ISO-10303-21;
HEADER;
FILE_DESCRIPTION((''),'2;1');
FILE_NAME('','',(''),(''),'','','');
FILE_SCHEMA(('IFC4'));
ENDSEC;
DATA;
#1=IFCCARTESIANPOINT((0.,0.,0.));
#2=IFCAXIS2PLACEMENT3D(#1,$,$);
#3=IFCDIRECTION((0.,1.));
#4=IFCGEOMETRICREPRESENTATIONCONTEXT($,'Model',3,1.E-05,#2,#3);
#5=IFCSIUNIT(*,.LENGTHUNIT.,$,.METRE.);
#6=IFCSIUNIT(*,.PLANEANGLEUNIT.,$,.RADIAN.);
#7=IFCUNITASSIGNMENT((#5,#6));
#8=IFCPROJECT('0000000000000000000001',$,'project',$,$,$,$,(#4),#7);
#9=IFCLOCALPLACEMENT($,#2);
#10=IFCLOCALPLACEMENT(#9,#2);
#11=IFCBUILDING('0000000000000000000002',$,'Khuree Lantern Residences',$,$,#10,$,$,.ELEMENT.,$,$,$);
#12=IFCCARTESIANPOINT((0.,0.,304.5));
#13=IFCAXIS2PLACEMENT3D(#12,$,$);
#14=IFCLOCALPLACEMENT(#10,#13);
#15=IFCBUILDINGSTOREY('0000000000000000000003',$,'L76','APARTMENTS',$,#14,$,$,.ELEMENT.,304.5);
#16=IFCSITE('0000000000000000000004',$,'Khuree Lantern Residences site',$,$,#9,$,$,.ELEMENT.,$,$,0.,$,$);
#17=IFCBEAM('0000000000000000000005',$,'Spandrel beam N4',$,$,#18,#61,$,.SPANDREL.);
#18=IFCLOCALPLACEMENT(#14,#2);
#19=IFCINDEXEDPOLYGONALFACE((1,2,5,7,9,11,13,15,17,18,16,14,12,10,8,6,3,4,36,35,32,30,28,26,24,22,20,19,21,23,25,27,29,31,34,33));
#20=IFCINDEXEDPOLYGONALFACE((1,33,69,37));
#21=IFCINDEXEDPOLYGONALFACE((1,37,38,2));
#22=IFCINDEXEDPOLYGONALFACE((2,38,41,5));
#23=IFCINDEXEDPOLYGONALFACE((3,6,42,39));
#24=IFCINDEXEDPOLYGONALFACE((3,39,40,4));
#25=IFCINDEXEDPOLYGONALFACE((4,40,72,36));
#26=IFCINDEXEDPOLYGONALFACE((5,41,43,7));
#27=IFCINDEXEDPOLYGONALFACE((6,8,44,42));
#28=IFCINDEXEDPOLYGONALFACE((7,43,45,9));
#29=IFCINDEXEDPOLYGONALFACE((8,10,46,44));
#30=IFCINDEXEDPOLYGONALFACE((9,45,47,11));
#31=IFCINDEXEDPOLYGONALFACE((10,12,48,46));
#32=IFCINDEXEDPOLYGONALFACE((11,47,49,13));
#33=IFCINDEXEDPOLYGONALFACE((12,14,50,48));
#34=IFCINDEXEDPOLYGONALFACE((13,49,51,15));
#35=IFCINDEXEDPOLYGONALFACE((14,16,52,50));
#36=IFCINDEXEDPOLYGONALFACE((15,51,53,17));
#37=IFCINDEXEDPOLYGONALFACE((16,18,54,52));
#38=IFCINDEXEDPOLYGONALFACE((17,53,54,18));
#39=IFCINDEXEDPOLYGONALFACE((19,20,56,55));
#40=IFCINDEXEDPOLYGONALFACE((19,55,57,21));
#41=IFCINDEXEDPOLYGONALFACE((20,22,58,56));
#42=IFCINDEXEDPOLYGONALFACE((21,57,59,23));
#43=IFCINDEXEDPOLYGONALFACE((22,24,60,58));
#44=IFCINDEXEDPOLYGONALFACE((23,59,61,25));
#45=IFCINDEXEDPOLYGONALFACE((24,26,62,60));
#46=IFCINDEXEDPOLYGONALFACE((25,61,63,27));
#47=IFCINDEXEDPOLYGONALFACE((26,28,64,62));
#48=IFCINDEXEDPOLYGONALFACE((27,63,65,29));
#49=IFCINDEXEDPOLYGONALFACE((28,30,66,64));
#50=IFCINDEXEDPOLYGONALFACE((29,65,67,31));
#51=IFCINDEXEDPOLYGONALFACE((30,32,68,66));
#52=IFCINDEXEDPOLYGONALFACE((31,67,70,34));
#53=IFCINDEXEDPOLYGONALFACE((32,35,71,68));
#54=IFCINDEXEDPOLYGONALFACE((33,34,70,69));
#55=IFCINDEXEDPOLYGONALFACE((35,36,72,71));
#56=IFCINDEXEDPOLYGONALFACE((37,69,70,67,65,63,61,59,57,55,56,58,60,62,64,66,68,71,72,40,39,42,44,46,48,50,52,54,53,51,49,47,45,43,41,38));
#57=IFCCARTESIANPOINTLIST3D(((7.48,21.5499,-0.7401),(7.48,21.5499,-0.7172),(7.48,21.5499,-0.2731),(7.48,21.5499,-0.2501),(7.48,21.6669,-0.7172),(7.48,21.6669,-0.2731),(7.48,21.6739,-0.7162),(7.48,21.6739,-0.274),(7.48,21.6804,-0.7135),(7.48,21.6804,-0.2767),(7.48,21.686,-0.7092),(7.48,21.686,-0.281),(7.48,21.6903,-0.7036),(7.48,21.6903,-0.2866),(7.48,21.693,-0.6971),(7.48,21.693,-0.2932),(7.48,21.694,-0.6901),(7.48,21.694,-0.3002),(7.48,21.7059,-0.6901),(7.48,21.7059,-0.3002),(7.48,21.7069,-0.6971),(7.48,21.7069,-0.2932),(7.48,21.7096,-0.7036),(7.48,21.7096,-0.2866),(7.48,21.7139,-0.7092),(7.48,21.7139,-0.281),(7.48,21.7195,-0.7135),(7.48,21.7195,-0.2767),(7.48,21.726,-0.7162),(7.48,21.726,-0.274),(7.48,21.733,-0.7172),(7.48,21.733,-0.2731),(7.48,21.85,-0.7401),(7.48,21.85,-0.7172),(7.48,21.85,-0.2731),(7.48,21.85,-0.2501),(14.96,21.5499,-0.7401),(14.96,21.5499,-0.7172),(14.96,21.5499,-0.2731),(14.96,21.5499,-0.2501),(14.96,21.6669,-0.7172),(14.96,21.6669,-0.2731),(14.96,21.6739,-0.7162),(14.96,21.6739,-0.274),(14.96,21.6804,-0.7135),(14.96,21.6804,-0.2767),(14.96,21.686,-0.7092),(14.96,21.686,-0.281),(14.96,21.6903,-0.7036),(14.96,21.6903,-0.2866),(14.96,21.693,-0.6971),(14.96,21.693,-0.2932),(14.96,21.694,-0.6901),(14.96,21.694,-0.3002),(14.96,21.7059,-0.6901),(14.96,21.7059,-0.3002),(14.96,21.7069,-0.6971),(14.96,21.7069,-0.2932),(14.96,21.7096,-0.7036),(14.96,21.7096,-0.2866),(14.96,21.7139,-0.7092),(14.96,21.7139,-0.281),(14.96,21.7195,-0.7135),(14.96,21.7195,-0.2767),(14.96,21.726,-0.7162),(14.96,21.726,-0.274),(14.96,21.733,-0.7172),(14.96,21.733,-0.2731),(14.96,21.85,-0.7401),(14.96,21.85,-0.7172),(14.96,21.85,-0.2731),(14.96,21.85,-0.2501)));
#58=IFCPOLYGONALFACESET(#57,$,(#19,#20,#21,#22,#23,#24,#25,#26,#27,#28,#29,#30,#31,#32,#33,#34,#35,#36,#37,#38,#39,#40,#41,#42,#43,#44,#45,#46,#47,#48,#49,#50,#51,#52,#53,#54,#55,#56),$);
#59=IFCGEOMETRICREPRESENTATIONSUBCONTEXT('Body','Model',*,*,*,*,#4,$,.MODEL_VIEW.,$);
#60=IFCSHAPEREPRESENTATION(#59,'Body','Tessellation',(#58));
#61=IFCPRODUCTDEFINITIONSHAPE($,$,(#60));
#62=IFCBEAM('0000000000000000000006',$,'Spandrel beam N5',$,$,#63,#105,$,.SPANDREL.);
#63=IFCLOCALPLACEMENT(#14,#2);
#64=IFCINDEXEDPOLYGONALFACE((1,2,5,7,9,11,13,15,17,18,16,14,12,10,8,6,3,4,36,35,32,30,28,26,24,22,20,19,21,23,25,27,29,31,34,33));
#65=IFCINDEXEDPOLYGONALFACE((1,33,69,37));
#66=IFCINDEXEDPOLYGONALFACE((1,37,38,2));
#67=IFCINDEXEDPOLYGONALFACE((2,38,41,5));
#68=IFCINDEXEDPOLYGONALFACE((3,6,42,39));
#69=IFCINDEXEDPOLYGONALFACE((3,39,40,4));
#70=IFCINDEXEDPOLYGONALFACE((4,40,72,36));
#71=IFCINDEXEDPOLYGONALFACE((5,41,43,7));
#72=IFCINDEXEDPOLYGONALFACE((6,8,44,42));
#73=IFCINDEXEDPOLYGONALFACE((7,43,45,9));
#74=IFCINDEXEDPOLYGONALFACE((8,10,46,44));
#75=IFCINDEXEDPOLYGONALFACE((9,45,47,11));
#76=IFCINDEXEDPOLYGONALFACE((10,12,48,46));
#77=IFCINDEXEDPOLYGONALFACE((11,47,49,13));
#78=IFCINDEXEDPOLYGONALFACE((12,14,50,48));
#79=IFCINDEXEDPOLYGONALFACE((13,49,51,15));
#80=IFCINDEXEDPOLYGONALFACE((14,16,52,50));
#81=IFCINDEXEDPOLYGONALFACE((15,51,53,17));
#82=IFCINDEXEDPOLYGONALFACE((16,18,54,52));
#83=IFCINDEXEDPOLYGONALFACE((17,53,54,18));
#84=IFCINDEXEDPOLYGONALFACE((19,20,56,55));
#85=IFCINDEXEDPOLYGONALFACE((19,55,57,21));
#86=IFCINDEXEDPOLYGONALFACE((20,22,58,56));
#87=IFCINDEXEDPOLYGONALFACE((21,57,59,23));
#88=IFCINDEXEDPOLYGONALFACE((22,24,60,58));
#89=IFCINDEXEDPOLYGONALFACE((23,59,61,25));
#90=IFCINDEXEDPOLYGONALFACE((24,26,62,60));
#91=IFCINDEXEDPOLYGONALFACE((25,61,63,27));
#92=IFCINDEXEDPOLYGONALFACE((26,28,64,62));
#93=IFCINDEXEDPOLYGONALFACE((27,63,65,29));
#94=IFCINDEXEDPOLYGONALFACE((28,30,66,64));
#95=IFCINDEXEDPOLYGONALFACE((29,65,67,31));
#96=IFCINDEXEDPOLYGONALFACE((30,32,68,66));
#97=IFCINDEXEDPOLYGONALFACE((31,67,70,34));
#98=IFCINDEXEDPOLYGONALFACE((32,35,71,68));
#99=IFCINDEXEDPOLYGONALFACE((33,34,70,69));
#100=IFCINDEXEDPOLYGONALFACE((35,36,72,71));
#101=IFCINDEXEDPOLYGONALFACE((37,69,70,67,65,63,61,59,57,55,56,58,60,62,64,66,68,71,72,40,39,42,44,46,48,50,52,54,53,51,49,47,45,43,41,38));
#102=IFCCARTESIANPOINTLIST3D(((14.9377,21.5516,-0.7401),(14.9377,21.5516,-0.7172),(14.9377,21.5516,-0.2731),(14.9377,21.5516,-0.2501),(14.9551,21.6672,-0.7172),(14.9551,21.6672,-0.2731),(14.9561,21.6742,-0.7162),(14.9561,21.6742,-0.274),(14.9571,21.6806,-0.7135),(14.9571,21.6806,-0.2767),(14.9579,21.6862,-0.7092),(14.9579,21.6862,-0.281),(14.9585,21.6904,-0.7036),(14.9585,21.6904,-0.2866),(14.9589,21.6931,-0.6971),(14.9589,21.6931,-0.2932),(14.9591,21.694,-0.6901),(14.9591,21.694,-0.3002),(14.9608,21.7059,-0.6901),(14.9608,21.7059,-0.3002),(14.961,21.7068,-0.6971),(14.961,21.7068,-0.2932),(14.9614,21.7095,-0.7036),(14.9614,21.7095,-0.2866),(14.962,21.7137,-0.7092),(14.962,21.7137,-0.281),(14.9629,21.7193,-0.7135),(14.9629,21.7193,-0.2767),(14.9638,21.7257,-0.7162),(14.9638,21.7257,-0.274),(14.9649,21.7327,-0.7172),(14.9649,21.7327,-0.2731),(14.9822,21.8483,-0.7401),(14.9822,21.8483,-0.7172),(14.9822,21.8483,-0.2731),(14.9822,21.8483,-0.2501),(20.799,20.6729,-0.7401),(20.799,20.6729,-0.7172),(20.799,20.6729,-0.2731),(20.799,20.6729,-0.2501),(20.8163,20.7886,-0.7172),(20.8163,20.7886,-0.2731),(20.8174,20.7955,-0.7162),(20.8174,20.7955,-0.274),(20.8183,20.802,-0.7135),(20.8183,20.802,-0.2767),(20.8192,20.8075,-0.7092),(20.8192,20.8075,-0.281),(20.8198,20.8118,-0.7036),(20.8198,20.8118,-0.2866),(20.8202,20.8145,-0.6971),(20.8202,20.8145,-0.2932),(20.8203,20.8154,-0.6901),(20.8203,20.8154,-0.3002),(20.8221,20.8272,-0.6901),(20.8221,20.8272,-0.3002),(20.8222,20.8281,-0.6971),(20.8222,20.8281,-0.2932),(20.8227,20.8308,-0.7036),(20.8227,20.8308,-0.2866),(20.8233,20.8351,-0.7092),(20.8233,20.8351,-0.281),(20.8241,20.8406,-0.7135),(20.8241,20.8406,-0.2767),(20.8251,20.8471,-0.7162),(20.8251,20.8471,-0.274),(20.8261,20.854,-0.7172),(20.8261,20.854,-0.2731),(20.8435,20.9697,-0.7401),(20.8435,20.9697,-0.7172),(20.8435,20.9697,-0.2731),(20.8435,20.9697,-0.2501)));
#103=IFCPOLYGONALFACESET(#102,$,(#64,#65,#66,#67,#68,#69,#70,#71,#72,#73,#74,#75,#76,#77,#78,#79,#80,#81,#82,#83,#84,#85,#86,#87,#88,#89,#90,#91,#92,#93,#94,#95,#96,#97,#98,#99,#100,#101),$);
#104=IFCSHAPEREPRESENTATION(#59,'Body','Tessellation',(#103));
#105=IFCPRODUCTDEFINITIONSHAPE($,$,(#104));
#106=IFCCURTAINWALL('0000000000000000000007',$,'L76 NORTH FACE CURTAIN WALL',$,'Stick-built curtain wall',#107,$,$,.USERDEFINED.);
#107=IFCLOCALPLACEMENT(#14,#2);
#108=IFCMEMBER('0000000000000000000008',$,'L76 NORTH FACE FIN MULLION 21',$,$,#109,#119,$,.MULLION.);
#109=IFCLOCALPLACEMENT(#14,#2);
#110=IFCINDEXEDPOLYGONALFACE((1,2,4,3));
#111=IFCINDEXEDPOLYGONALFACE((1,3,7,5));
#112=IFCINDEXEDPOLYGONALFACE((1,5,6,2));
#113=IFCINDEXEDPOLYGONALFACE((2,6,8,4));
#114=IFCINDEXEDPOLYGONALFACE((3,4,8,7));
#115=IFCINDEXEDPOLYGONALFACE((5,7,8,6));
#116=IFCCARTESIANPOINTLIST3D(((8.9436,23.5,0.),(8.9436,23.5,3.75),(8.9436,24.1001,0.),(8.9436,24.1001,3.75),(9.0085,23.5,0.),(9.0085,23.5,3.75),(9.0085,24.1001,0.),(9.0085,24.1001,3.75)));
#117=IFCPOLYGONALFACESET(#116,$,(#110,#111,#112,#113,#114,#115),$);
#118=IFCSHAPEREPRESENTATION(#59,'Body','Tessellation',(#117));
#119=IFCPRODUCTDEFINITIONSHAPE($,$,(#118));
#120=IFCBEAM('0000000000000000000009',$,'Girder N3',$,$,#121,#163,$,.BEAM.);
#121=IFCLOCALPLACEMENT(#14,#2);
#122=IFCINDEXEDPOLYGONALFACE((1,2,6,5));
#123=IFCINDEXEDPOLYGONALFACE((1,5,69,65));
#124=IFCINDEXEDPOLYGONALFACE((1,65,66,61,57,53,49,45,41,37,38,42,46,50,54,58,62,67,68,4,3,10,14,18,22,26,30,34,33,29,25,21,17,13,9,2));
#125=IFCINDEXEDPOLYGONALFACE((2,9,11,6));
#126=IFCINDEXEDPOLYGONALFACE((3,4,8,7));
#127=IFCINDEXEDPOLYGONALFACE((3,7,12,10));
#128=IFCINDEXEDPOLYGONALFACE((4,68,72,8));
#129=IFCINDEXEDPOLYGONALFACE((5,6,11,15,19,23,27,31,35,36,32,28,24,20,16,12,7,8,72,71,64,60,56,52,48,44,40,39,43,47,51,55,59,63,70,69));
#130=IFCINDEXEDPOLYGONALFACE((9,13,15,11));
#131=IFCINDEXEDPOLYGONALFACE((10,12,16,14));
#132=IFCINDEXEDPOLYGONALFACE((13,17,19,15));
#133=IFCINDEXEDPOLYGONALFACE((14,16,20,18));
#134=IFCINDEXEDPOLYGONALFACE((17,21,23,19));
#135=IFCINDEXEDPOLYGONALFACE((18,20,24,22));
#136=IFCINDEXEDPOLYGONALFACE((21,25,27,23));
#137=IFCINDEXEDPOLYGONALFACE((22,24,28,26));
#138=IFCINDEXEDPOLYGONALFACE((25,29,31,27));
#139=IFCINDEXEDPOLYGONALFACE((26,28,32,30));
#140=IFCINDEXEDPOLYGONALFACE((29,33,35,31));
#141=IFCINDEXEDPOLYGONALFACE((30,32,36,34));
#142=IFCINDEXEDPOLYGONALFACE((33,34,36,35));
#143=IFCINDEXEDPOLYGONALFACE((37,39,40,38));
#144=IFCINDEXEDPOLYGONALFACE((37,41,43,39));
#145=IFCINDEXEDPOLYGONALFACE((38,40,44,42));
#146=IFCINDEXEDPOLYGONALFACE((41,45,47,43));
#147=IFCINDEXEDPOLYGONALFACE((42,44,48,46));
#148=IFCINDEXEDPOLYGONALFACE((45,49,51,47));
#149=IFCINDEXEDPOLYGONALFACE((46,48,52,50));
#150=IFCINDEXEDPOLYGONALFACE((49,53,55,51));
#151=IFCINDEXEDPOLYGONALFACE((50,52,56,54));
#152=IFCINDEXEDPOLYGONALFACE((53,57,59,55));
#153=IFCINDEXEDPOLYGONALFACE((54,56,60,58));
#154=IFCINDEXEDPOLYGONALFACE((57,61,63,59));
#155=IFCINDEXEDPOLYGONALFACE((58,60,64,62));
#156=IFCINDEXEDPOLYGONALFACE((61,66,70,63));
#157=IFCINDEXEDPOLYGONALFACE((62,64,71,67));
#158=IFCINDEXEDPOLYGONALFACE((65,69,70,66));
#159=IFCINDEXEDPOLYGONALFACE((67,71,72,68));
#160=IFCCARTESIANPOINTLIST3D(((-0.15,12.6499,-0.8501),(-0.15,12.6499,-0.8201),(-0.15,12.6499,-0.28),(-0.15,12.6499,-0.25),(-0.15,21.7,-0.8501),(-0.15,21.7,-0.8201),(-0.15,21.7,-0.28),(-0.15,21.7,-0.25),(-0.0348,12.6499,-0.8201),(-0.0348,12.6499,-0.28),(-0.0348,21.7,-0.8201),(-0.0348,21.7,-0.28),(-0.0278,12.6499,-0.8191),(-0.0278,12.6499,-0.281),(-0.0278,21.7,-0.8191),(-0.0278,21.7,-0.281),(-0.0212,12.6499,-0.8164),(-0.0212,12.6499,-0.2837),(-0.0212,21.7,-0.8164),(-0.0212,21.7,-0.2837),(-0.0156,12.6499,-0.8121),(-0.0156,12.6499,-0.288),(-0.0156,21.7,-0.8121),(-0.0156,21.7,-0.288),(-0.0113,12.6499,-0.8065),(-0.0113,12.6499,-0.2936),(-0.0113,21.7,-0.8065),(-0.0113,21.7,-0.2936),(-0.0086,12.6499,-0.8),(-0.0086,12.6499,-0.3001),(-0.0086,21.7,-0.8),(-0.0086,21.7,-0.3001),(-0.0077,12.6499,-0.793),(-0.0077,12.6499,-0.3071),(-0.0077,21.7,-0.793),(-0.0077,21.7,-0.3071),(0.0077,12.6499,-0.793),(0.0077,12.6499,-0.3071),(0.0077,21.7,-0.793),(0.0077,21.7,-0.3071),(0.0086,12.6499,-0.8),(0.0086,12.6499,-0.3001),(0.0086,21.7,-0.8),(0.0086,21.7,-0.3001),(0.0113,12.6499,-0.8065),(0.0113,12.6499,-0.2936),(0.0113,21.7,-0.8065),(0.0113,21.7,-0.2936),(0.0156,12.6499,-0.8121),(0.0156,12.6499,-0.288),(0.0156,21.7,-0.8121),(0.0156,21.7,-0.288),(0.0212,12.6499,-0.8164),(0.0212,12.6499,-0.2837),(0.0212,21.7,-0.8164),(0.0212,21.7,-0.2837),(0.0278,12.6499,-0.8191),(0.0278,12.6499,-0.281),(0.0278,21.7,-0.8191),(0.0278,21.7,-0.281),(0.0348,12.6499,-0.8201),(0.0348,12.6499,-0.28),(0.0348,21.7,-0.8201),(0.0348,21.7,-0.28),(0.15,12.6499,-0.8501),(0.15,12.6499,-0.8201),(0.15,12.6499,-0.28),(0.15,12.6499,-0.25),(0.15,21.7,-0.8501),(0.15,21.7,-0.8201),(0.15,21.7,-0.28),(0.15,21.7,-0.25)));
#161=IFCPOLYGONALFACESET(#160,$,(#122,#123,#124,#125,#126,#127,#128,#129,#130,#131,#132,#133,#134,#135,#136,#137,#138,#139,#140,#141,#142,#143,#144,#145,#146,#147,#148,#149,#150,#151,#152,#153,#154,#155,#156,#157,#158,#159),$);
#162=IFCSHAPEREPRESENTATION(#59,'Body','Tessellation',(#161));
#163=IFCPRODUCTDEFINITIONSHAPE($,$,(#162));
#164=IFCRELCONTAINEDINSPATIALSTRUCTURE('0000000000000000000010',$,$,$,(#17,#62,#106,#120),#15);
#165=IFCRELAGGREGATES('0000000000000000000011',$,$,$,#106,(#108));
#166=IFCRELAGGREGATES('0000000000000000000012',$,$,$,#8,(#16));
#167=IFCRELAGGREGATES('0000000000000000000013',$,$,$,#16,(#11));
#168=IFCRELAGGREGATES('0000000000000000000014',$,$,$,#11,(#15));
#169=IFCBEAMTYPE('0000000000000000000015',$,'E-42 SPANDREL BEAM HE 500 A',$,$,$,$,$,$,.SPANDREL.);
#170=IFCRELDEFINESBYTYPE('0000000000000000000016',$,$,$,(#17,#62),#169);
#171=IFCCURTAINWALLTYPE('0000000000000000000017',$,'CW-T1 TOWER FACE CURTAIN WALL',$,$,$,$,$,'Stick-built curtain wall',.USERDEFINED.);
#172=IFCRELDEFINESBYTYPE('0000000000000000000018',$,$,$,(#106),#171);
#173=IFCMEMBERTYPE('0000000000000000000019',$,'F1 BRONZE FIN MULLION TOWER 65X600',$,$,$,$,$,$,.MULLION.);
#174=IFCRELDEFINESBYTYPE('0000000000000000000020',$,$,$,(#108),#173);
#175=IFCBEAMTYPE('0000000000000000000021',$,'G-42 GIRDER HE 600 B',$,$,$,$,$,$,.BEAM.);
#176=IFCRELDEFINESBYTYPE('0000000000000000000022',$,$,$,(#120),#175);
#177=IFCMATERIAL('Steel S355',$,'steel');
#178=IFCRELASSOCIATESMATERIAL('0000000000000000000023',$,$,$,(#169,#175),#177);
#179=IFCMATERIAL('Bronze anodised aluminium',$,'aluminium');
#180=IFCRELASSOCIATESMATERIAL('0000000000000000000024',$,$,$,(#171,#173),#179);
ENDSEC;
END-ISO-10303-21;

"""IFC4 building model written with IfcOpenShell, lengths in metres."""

from ifc_helpers import new_model, si_unit, direction, frame, origin, origin_2d, place, context, subcontext, project, spatial, rectangle, i_section, extrude, material, material_profile, profile_set, type_object, element, aggregate, save


model = new_model("IFC4")

# Units and contexts
model_context = context("Model", 3, precision=1e-05, world=origin(), true_north=direction((0.0, 1.0)))
body_context = subcontext(model_context, "Body", "Model", "MODEL_VIEW")
ifc_project = project(units=[si_unit("LENGTHUNIT", "METRE"), si_unit("PLANEANGLEUNIT", "RADIAN")], contexts=[model_context])

# Site, building, storey
site_placement = place(None, origin())
site = spatial("IfcSite", under=ifc_project, at=site_placement, Name="Khuree Lantern Residences site", CompositionType="ELEMENT", RefElevation=0.0)
building_placement = place(site_placement, origin())
building = spatial("IfcBuilding", under=site, at=building_placement, Name="Khuree Lantern Residences", CompositionType="ELEMENT")
storey_placement = place(building_placement, frame((0.0, 0.0, 304.5)))
storey = spatial("IfcBuildingStorey", under=building, at=storey_placement, Name="L76", Description="APARTMENTS", CompositionType="ELEMENT", Elevation=304.5)

# Beams
ifc_material_1 = material(Name="Steel S355", Category="steel")
ifc_material_profile_1 = material_profile(ifc_material_1, i_section(OverallWidth=0.3, OverallDepth=0.49, WebThickness=0.012, FlangeThickness=0.0229, FilletRadius=0.0271, at=origin_2d()), Name="HE 500 A")
ifc_profile_set_1 = profile_set([ifc_material_profile_1], Name="Steel S355")
beam_type_1 = type_object("IfcBeamType", Name="E-42 SPANDREL BEAM HE 500 A", PredefinedType="SPANDREL", material=ifc_profile_set_1)
for number, where, z_axis, x_axis, name in (
    (1, (7.48, 21.7, -0.4951), (1.0, 0.0, 0.0), (0.0, 1.0, 0.0), "Spandrel beam N4"),
):
    element("IfcBeam", number, at=place(storey_placement, frame(where, z_axis=z_axis, x_axis=x_axis)), inside=storey, type_object=beam_type_1, Name=name, PredefinedType="SPANDREL", context=body_context, shape_type="SweptSolid", body=[
        extrude(i_section(OverallWidth=0.3, OverallDepth=0.49, WebThickness=0.012, FlangeThickness=0.0229, FilletRadius=0.0271, at=origin_2d()), origin(), (0.0, 0.0, 1.0), 7.48),
    ])
beam_placement = place(storey_placement, frame((14.96, 21.7, -0.4951), z_axis=(0.98895, -0.148252, 0.0), x_axis=(0.148252, 0.98895, 0.0)))
element("IfcBeam", 2, at=beam_placement, inside=storey, type_object=beam_type_1, Name="Spandrel beam N5", PredefinedType="SPANDREL", context=body_context, shape_type="SweptSolid", body=[
    extrude(i_section(OverallWidth=0.3, OverallDepth=0.49, WebThickness=0.012, FlangeThickness=0.0229, FilletRadius=0.0271, at=origin_2d()), origin(), (0.0, 0.0, 1.0), 5.9268),
])

# Curtain wall, member
ifc_material_2 = material(Name="Bronze anodised aluminium", Category="aluminium")
curtain_wall_type = type_object("IfcCurtainWallType", Name="CW-T1 TOWER FACE CURTAIN WALL", ElementType="Stick-built curtain wall", PredefinedType="USERDEFINED", material=ifc_material_2)
curtain_wall_placement = place(storey_placement, origin())
curtain_wall = element("IfcCurtainWall", 3, at=curtain_wall_placement, inside=storey, type_object=curtain_wall_type, Name="L76 NORTH FACE CURTAIN WALL", ObjectType="Stick-built curtain wall", PredefinedType="USERDEFINED")
ifc_material_profile_2 = material_profile(ifc_material_2, rectangle(XDim=0.0649, YDim=0.6001, at=origin_2d()), Name="F1 65X600")
ifc_profile_set_2 = profile_set([ifc_material_profile_2], Name="Bronze anodised aluminium")
member_type_1 = type_object("IfcMemberType", Name="F1 BRONZE FIN MULLION TOWER 65X600", PredefinedType="MULLION", material=ifc_profile_set_2)
member_1_placement = place(storey_placement, frame((8.9761, 23.8, 0.0), z_axis=(0.0, 0.0, 1.0), x_axis=(-1.0, 0.0, 0.0)))
member_1 = element("IfcMember", 4, at=member_1_placement, type_object=member_type_1, Name="L76 NORTH FACE FIN MULLION 21", PredefinedType="MULLION", context=body_context, shape_type="SweptSolid", body=[
    extrude(rectangle(XDim=0.0649, YDim=0.6001, at=origin_2d()), origin(), (0.0, 0.0, 1.0), 3.75),
])

# Beam
ifc_material_profile_3 = material_profile(ifc_material_1, i_section(OverallWidth=0.3, OverallDepth=0.6001, WebThickness=0.0154, FlangeThickness=0.03, FilletRadius=0.0271, at=origin_2d()), Name="HE 600 B")
ifc_profile_set_3 = profile_set([ifc_material_profile_3], Name="Steel S355")
beam_type_2 = type_object("IfcBeamType", Name="G-42 GIRDER HE 600 B", PredefinedType="BEAM", material=ifc_profile_set_3)
for number, where, z_axis, x_axis, name in (
    (5, (0.0, 21.7, -0.55), (0.0, -1.0, 0.0), (1.0, 0.0, 0.0), "Girder N3"),
):
    element("IfcBeam", number, at=place(storey_placement, frame(where, z_axis=z_axis, x_axis=x_axis)), inside=storey, type_object=beam_type_2, Name=name, PredefinedType="BEAM", context=body_context, shape_type="SweptSolid", body=[
        extrude(i_section(OverallWidth=0.3, OverallDepth=0.6001, WebThickness=0.0154, FlangeThickness=0.03, FilletRadius=0.0271, at=origin_2d()), origin(), (0.0, 0.0, 1.0), 9.05),
    ])

aggregate(curtain_wall, [member_1])

save(model, "model.ifc")
